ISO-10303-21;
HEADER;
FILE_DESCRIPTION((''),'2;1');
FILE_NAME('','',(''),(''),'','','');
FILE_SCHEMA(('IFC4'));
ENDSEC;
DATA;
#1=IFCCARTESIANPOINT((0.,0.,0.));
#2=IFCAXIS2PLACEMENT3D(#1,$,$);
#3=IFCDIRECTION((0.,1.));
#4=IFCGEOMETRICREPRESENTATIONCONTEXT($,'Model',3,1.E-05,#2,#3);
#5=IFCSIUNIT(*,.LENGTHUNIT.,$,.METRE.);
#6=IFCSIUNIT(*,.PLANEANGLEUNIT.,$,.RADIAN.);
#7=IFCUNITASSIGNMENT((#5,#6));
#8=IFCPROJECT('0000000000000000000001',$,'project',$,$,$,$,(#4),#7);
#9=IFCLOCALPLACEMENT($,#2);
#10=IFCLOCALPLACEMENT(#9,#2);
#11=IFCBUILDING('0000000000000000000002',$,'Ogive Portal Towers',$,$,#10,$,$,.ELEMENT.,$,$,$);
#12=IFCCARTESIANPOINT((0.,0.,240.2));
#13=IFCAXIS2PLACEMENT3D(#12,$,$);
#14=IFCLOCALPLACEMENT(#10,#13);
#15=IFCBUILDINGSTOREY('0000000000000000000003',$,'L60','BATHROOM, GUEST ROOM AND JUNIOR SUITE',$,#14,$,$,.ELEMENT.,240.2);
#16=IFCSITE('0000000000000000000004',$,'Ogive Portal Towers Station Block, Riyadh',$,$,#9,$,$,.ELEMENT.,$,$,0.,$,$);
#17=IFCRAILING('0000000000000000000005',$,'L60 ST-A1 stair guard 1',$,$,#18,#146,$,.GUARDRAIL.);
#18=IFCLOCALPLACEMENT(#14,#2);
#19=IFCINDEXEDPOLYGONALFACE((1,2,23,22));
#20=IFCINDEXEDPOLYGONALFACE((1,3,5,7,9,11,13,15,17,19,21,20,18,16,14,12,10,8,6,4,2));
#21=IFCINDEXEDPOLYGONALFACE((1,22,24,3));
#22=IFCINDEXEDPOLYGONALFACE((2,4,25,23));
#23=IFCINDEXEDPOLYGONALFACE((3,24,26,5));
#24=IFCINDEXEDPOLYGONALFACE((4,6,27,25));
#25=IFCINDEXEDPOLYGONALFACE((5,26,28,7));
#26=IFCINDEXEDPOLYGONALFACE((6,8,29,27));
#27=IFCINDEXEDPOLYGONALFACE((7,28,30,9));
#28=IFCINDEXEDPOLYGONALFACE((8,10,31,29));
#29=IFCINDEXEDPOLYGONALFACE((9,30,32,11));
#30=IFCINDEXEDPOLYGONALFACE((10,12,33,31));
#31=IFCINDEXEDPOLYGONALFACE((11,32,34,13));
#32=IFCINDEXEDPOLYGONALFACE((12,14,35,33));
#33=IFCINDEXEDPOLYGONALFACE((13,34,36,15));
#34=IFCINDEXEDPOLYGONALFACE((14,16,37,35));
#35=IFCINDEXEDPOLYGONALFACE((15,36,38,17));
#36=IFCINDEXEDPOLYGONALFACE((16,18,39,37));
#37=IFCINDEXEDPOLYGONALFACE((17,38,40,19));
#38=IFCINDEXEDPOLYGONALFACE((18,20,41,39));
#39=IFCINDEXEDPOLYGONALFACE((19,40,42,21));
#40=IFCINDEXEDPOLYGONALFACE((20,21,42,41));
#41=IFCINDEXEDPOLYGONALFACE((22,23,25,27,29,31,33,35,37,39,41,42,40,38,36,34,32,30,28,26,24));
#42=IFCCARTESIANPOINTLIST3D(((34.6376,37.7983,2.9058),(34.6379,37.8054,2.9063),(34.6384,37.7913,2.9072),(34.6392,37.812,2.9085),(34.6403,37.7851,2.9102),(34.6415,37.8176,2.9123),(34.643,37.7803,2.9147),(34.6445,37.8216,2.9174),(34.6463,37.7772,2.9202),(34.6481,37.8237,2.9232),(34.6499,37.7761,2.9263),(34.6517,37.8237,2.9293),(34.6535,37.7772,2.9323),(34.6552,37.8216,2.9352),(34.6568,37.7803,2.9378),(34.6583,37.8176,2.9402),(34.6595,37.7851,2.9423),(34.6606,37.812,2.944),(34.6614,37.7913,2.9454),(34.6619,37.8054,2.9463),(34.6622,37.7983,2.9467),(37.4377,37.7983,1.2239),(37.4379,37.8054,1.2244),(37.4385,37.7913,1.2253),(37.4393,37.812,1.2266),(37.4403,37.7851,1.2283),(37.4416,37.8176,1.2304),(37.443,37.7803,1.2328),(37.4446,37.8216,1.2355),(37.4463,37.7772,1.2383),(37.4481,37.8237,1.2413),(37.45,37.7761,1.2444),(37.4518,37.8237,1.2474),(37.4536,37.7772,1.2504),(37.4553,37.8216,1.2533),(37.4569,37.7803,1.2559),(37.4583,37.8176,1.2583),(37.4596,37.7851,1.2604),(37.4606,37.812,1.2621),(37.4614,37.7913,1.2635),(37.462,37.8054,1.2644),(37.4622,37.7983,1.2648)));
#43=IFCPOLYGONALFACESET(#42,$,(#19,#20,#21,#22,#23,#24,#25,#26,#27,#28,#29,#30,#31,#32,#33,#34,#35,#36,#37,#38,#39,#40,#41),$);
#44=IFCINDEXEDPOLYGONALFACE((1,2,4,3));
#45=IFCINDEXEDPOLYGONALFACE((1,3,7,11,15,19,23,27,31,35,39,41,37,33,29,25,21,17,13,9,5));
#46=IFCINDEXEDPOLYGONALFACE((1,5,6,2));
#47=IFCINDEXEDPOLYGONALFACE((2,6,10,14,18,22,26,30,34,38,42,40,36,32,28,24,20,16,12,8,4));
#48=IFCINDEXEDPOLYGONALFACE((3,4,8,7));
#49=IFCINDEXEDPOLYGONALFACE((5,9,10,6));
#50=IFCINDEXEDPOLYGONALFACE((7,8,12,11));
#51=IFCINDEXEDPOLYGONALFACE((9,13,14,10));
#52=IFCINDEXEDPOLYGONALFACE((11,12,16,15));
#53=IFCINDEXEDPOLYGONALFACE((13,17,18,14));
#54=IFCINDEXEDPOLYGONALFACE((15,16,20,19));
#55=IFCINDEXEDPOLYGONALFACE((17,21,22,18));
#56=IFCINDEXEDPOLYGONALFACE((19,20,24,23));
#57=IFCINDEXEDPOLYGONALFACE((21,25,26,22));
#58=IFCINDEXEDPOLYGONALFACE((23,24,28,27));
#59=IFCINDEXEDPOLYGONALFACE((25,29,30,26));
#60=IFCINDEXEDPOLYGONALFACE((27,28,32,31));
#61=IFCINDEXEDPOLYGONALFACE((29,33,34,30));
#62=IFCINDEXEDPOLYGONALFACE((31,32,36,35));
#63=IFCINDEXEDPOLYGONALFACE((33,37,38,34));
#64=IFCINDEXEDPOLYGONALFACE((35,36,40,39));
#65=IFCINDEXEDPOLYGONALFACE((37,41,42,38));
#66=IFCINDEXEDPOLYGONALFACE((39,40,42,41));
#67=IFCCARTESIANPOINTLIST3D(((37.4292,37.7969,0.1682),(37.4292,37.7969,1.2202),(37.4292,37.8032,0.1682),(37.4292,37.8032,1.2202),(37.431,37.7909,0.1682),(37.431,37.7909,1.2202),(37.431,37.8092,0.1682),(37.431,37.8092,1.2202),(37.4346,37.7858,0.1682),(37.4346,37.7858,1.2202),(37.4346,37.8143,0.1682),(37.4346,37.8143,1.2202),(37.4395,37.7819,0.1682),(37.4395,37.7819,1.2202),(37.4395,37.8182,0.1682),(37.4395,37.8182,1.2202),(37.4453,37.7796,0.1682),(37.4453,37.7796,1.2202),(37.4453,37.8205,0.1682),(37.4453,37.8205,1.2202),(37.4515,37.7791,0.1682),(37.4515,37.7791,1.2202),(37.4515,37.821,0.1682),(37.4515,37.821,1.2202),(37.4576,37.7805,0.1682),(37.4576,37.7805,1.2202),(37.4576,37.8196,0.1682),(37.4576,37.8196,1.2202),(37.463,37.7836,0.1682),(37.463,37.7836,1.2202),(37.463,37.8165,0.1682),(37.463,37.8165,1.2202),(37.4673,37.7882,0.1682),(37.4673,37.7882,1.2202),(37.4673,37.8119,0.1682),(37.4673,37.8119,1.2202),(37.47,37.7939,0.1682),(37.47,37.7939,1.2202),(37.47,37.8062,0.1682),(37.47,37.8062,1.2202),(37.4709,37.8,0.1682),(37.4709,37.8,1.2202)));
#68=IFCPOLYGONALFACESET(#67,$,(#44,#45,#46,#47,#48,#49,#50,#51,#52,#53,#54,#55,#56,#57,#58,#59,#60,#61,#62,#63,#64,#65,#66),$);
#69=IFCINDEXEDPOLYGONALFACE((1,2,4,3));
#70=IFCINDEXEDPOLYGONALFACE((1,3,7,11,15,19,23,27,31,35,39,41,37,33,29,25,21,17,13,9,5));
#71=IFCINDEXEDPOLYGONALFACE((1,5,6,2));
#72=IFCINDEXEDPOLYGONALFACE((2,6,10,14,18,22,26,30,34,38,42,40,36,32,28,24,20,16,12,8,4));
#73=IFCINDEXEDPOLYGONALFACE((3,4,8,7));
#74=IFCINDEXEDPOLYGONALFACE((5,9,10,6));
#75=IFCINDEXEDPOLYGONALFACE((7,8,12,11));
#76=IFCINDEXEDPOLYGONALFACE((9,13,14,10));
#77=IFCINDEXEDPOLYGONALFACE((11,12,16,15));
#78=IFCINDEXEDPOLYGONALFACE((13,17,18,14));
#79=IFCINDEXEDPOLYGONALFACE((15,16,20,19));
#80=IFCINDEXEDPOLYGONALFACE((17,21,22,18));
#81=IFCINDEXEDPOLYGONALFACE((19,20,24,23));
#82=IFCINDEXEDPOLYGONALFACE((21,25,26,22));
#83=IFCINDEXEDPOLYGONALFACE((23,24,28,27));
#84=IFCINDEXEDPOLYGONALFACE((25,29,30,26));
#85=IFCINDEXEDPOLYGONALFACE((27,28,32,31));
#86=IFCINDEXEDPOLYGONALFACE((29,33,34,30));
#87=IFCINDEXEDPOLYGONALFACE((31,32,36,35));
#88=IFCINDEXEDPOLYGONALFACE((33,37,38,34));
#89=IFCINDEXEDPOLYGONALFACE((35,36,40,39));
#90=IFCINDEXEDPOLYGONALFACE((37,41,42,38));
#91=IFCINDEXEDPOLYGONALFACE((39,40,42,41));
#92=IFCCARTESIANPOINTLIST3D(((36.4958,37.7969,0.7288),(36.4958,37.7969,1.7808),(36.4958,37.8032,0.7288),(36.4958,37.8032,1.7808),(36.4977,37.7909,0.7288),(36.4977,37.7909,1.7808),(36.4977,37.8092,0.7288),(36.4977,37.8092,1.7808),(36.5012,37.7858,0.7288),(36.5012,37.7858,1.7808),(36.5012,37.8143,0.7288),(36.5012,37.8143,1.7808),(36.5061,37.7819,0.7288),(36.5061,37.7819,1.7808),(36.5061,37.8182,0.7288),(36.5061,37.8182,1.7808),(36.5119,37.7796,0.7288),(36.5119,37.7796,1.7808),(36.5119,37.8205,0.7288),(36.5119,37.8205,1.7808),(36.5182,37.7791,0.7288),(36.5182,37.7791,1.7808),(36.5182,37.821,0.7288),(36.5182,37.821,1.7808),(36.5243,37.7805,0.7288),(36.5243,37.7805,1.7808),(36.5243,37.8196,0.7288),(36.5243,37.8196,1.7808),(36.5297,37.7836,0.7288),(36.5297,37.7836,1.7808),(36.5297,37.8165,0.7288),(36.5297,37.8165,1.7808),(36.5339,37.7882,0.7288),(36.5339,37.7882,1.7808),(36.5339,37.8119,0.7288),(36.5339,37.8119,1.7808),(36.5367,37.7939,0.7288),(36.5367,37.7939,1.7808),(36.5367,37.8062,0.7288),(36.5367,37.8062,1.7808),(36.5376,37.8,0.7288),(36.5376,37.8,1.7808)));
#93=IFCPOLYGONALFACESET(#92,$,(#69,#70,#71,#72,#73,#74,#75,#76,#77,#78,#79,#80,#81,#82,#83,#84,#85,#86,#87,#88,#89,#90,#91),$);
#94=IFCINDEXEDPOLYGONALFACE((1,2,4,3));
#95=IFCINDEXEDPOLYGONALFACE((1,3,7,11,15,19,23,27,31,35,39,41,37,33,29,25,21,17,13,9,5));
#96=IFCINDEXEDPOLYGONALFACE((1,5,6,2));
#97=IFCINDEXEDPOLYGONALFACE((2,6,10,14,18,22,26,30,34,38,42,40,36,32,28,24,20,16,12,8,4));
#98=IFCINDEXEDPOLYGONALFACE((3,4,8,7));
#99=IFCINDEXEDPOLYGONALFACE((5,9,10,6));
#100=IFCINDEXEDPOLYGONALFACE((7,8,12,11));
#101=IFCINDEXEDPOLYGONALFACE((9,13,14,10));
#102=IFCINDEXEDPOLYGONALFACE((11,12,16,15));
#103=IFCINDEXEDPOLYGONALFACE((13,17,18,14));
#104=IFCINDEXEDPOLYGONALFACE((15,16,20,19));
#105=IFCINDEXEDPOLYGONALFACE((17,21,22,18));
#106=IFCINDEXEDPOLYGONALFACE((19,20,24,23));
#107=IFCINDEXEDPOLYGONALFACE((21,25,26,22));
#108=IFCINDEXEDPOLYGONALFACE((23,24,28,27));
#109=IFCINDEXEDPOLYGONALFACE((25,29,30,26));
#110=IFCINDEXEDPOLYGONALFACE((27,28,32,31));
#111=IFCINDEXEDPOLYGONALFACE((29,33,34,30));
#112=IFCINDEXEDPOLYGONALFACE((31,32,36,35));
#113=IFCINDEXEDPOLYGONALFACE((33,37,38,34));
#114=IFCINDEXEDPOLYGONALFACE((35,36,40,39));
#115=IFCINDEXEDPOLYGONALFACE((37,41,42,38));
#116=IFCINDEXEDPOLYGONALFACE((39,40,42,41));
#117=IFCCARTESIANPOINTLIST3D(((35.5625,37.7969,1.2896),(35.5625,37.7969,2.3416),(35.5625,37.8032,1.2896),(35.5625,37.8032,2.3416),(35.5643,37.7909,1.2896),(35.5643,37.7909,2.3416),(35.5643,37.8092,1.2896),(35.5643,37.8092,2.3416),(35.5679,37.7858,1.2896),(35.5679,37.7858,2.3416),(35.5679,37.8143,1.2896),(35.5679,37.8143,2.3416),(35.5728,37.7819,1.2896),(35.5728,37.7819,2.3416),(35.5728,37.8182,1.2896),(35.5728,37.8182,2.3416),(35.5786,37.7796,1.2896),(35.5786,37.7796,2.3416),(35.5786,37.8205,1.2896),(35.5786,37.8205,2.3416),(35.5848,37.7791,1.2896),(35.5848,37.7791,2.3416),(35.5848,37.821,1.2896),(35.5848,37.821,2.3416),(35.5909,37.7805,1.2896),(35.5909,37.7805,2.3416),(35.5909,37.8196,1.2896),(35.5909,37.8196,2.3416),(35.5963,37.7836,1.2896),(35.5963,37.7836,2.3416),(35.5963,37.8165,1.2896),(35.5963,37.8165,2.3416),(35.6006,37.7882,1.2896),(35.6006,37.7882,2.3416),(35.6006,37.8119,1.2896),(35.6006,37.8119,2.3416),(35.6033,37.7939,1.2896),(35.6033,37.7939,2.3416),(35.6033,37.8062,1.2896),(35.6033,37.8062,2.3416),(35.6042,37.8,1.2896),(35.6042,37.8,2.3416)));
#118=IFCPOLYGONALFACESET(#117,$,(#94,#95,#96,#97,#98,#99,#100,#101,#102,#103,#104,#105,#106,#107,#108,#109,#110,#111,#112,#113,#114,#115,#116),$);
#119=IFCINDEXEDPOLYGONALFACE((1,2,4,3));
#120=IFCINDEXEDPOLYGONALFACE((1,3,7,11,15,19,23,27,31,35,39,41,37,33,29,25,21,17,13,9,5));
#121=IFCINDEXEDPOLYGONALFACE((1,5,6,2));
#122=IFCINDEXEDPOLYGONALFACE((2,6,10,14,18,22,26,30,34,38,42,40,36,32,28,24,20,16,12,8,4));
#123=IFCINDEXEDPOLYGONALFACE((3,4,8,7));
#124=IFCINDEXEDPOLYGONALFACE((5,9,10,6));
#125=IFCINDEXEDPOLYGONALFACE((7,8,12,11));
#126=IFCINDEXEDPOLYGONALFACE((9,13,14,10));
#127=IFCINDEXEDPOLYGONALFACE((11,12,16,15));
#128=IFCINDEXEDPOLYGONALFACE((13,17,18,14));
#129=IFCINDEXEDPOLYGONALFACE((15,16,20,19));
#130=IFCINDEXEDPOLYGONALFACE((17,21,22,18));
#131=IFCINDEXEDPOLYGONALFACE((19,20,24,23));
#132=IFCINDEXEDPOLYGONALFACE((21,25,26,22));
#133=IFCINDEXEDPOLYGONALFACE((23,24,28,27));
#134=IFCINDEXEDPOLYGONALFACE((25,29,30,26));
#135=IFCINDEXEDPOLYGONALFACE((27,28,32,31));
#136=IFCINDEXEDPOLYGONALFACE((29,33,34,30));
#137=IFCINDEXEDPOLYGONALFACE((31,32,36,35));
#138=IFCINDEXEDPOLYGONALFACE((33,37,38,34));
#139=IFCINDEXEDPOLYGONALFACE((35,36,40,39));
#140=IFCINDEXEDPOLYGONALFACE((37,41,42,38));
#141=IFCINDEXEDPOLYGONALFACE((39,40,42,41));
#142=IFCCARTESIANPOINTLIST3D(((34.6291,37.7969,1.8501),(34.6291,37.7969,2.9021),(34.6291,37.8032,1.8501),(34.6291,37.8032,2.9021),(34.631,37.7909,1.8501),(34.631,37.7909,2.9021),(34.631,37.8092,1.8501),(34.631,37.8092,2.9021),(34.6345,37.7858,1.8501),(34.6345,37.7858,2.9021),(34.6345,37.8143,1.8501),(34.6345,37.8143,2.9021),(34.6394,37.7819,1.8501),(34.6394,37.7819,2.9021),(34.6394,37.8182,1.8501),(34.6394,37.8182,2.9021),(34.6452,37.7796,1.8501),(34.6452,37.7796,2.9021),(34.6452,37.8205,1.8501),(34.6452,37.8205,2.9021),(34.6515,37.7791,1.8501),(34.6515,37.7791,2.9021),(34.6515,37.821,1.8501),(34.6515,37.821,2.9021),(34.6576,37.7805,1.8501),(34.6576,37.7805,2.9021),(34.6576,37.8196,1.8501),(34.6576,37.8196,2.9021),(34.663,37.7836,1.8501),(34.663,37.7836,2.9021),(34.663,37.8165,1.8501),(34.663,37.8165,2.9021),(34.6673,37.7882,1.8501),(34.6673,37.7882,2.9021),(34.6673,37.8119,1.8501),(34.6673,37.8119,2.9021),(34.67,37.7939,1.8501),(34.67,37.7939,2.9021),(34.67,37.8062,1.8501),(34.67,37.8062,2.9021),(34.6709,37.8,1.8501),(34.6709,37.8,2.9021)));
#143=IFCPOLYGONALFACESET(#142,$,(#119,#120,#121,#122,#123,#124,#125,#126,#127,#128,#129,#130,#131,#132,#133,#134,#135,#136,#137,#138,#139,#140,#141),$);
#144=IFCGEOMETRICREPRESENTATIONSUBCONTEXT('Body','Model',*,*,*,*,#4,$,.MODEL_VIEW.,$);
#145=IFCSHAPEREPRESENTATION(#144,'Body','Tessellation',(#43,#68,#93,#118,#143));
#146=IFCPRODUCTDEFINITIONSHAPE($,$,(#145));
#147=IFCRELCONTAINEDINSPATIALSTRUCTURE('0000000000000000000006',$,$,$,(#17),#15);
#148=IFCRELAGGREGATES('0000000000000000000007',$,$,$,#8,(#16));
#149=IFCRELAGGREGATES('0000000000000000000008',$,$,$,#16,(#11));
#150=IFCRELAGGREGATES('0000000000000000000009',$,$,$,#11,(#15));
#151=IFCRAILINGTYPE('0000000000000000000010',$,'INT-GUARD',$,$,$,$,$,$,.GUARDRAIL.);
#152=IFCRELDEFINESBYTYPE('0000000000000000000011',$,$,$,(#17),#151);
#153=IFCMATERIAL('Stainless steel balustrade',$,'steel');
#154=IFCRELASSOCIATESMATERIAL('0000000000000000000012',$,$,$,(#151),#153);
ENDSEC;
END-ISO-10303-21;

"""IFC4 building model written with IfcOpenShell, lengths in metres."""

from ifc_helpers import new_model, si_unit, direction, frame, origin, origin_2d, place, context, subcontext, project, spatial, circle, extrude, material, type_object, element, save


model = new_model("IFC4")

# Units and contexts
model_context = context("Model", 3, precision=1e-05, world=origin(), true_north=direction((0.0, 1.0)))
body_context = subcontext(model_context, "Body", "Model", "MODEL_VIEW")
ifc_project = project(units=[si_unit("LENGTHUNIT", "METRE"), si_unit("PLANEANGLEUNIT", "RADIAN")], contexts=[model_context])

# Site, building, storey
site_placement = place(None, origin())
site = spatial("IfcSite", under=ifc_project, at=site_placement, Name="Ogive Portal Towers Station Block, Riyadh", CompositionType="ELEMENT", RefElevation=0.0)
building_placement = place(site_placement, origin())
building = spatial("IfcBuilding", under=site, at=building_placement, Name="Ogive Portal Towers", CompositionType="ELEMENT")
storey_placement = place(building_placement, frame((0.0, 0.0, 240.2)))
storey = spatial("IfcBuildingStorey", under=building, at=storey_placement, Name="L60", Description="BATHROOM, GUEST ROOM AND JUNIOR SUITE", CompositionType="ELEMENT", Elevation=240.2)

# Railing
ifc_material_1 = material(Name="Stainless steel balustrade", Category="steel")
railing_type_1 = type_object("IfcRailingType", Name="INT-GUARD", PredefinedType="GUARDRAIL", material=ifc_material_1)
railing_1_placement = place(storey_placement, frame((37.45, 37.8, 0.1682)))
element("IfcRailing", 1, at=railing_1_placement, inside=storey, type_object=railing_type_1, Name="L60 ST-A1 stair guard 1", PredefinedType="GUARDRAIL", context=body_context, shape_type="SweptSolid", body=[
    extrude(circle(Radius=0.0239, at=origin_2d()), frame((0.0, 0.0, 1.0762), z_axis=(-0.857242, 0.0, 0.514913), x_axis=(0.0, -1.0, 0.0)), (0.0, 0.0, 1.0), 3.2664),
    extrude(circle(Radius=0.021, at=origin_2d()), origin(), (0.0, 0.0, 1.0), 1.052),
    extrude(circle(Radius=0.021, at=origin_2d()), frame((-0.9333, 0.0, 0.5605)), (0.0, 0.0, 1.0), 1.052),
    extrude(circle(Radius=0.021, at=origin_2d()), frame((-1.8667, 0.0, 1.1213)), (0.0, 0.0, 1.0), 1.052),
    extrude(circle(Radius=0.021, at=origin_2d()), frame((-2.8, 0.0, 1.6819)), (0.0, 0.0, 1.0), 1.052),
])

save(model, "model.ifc")
